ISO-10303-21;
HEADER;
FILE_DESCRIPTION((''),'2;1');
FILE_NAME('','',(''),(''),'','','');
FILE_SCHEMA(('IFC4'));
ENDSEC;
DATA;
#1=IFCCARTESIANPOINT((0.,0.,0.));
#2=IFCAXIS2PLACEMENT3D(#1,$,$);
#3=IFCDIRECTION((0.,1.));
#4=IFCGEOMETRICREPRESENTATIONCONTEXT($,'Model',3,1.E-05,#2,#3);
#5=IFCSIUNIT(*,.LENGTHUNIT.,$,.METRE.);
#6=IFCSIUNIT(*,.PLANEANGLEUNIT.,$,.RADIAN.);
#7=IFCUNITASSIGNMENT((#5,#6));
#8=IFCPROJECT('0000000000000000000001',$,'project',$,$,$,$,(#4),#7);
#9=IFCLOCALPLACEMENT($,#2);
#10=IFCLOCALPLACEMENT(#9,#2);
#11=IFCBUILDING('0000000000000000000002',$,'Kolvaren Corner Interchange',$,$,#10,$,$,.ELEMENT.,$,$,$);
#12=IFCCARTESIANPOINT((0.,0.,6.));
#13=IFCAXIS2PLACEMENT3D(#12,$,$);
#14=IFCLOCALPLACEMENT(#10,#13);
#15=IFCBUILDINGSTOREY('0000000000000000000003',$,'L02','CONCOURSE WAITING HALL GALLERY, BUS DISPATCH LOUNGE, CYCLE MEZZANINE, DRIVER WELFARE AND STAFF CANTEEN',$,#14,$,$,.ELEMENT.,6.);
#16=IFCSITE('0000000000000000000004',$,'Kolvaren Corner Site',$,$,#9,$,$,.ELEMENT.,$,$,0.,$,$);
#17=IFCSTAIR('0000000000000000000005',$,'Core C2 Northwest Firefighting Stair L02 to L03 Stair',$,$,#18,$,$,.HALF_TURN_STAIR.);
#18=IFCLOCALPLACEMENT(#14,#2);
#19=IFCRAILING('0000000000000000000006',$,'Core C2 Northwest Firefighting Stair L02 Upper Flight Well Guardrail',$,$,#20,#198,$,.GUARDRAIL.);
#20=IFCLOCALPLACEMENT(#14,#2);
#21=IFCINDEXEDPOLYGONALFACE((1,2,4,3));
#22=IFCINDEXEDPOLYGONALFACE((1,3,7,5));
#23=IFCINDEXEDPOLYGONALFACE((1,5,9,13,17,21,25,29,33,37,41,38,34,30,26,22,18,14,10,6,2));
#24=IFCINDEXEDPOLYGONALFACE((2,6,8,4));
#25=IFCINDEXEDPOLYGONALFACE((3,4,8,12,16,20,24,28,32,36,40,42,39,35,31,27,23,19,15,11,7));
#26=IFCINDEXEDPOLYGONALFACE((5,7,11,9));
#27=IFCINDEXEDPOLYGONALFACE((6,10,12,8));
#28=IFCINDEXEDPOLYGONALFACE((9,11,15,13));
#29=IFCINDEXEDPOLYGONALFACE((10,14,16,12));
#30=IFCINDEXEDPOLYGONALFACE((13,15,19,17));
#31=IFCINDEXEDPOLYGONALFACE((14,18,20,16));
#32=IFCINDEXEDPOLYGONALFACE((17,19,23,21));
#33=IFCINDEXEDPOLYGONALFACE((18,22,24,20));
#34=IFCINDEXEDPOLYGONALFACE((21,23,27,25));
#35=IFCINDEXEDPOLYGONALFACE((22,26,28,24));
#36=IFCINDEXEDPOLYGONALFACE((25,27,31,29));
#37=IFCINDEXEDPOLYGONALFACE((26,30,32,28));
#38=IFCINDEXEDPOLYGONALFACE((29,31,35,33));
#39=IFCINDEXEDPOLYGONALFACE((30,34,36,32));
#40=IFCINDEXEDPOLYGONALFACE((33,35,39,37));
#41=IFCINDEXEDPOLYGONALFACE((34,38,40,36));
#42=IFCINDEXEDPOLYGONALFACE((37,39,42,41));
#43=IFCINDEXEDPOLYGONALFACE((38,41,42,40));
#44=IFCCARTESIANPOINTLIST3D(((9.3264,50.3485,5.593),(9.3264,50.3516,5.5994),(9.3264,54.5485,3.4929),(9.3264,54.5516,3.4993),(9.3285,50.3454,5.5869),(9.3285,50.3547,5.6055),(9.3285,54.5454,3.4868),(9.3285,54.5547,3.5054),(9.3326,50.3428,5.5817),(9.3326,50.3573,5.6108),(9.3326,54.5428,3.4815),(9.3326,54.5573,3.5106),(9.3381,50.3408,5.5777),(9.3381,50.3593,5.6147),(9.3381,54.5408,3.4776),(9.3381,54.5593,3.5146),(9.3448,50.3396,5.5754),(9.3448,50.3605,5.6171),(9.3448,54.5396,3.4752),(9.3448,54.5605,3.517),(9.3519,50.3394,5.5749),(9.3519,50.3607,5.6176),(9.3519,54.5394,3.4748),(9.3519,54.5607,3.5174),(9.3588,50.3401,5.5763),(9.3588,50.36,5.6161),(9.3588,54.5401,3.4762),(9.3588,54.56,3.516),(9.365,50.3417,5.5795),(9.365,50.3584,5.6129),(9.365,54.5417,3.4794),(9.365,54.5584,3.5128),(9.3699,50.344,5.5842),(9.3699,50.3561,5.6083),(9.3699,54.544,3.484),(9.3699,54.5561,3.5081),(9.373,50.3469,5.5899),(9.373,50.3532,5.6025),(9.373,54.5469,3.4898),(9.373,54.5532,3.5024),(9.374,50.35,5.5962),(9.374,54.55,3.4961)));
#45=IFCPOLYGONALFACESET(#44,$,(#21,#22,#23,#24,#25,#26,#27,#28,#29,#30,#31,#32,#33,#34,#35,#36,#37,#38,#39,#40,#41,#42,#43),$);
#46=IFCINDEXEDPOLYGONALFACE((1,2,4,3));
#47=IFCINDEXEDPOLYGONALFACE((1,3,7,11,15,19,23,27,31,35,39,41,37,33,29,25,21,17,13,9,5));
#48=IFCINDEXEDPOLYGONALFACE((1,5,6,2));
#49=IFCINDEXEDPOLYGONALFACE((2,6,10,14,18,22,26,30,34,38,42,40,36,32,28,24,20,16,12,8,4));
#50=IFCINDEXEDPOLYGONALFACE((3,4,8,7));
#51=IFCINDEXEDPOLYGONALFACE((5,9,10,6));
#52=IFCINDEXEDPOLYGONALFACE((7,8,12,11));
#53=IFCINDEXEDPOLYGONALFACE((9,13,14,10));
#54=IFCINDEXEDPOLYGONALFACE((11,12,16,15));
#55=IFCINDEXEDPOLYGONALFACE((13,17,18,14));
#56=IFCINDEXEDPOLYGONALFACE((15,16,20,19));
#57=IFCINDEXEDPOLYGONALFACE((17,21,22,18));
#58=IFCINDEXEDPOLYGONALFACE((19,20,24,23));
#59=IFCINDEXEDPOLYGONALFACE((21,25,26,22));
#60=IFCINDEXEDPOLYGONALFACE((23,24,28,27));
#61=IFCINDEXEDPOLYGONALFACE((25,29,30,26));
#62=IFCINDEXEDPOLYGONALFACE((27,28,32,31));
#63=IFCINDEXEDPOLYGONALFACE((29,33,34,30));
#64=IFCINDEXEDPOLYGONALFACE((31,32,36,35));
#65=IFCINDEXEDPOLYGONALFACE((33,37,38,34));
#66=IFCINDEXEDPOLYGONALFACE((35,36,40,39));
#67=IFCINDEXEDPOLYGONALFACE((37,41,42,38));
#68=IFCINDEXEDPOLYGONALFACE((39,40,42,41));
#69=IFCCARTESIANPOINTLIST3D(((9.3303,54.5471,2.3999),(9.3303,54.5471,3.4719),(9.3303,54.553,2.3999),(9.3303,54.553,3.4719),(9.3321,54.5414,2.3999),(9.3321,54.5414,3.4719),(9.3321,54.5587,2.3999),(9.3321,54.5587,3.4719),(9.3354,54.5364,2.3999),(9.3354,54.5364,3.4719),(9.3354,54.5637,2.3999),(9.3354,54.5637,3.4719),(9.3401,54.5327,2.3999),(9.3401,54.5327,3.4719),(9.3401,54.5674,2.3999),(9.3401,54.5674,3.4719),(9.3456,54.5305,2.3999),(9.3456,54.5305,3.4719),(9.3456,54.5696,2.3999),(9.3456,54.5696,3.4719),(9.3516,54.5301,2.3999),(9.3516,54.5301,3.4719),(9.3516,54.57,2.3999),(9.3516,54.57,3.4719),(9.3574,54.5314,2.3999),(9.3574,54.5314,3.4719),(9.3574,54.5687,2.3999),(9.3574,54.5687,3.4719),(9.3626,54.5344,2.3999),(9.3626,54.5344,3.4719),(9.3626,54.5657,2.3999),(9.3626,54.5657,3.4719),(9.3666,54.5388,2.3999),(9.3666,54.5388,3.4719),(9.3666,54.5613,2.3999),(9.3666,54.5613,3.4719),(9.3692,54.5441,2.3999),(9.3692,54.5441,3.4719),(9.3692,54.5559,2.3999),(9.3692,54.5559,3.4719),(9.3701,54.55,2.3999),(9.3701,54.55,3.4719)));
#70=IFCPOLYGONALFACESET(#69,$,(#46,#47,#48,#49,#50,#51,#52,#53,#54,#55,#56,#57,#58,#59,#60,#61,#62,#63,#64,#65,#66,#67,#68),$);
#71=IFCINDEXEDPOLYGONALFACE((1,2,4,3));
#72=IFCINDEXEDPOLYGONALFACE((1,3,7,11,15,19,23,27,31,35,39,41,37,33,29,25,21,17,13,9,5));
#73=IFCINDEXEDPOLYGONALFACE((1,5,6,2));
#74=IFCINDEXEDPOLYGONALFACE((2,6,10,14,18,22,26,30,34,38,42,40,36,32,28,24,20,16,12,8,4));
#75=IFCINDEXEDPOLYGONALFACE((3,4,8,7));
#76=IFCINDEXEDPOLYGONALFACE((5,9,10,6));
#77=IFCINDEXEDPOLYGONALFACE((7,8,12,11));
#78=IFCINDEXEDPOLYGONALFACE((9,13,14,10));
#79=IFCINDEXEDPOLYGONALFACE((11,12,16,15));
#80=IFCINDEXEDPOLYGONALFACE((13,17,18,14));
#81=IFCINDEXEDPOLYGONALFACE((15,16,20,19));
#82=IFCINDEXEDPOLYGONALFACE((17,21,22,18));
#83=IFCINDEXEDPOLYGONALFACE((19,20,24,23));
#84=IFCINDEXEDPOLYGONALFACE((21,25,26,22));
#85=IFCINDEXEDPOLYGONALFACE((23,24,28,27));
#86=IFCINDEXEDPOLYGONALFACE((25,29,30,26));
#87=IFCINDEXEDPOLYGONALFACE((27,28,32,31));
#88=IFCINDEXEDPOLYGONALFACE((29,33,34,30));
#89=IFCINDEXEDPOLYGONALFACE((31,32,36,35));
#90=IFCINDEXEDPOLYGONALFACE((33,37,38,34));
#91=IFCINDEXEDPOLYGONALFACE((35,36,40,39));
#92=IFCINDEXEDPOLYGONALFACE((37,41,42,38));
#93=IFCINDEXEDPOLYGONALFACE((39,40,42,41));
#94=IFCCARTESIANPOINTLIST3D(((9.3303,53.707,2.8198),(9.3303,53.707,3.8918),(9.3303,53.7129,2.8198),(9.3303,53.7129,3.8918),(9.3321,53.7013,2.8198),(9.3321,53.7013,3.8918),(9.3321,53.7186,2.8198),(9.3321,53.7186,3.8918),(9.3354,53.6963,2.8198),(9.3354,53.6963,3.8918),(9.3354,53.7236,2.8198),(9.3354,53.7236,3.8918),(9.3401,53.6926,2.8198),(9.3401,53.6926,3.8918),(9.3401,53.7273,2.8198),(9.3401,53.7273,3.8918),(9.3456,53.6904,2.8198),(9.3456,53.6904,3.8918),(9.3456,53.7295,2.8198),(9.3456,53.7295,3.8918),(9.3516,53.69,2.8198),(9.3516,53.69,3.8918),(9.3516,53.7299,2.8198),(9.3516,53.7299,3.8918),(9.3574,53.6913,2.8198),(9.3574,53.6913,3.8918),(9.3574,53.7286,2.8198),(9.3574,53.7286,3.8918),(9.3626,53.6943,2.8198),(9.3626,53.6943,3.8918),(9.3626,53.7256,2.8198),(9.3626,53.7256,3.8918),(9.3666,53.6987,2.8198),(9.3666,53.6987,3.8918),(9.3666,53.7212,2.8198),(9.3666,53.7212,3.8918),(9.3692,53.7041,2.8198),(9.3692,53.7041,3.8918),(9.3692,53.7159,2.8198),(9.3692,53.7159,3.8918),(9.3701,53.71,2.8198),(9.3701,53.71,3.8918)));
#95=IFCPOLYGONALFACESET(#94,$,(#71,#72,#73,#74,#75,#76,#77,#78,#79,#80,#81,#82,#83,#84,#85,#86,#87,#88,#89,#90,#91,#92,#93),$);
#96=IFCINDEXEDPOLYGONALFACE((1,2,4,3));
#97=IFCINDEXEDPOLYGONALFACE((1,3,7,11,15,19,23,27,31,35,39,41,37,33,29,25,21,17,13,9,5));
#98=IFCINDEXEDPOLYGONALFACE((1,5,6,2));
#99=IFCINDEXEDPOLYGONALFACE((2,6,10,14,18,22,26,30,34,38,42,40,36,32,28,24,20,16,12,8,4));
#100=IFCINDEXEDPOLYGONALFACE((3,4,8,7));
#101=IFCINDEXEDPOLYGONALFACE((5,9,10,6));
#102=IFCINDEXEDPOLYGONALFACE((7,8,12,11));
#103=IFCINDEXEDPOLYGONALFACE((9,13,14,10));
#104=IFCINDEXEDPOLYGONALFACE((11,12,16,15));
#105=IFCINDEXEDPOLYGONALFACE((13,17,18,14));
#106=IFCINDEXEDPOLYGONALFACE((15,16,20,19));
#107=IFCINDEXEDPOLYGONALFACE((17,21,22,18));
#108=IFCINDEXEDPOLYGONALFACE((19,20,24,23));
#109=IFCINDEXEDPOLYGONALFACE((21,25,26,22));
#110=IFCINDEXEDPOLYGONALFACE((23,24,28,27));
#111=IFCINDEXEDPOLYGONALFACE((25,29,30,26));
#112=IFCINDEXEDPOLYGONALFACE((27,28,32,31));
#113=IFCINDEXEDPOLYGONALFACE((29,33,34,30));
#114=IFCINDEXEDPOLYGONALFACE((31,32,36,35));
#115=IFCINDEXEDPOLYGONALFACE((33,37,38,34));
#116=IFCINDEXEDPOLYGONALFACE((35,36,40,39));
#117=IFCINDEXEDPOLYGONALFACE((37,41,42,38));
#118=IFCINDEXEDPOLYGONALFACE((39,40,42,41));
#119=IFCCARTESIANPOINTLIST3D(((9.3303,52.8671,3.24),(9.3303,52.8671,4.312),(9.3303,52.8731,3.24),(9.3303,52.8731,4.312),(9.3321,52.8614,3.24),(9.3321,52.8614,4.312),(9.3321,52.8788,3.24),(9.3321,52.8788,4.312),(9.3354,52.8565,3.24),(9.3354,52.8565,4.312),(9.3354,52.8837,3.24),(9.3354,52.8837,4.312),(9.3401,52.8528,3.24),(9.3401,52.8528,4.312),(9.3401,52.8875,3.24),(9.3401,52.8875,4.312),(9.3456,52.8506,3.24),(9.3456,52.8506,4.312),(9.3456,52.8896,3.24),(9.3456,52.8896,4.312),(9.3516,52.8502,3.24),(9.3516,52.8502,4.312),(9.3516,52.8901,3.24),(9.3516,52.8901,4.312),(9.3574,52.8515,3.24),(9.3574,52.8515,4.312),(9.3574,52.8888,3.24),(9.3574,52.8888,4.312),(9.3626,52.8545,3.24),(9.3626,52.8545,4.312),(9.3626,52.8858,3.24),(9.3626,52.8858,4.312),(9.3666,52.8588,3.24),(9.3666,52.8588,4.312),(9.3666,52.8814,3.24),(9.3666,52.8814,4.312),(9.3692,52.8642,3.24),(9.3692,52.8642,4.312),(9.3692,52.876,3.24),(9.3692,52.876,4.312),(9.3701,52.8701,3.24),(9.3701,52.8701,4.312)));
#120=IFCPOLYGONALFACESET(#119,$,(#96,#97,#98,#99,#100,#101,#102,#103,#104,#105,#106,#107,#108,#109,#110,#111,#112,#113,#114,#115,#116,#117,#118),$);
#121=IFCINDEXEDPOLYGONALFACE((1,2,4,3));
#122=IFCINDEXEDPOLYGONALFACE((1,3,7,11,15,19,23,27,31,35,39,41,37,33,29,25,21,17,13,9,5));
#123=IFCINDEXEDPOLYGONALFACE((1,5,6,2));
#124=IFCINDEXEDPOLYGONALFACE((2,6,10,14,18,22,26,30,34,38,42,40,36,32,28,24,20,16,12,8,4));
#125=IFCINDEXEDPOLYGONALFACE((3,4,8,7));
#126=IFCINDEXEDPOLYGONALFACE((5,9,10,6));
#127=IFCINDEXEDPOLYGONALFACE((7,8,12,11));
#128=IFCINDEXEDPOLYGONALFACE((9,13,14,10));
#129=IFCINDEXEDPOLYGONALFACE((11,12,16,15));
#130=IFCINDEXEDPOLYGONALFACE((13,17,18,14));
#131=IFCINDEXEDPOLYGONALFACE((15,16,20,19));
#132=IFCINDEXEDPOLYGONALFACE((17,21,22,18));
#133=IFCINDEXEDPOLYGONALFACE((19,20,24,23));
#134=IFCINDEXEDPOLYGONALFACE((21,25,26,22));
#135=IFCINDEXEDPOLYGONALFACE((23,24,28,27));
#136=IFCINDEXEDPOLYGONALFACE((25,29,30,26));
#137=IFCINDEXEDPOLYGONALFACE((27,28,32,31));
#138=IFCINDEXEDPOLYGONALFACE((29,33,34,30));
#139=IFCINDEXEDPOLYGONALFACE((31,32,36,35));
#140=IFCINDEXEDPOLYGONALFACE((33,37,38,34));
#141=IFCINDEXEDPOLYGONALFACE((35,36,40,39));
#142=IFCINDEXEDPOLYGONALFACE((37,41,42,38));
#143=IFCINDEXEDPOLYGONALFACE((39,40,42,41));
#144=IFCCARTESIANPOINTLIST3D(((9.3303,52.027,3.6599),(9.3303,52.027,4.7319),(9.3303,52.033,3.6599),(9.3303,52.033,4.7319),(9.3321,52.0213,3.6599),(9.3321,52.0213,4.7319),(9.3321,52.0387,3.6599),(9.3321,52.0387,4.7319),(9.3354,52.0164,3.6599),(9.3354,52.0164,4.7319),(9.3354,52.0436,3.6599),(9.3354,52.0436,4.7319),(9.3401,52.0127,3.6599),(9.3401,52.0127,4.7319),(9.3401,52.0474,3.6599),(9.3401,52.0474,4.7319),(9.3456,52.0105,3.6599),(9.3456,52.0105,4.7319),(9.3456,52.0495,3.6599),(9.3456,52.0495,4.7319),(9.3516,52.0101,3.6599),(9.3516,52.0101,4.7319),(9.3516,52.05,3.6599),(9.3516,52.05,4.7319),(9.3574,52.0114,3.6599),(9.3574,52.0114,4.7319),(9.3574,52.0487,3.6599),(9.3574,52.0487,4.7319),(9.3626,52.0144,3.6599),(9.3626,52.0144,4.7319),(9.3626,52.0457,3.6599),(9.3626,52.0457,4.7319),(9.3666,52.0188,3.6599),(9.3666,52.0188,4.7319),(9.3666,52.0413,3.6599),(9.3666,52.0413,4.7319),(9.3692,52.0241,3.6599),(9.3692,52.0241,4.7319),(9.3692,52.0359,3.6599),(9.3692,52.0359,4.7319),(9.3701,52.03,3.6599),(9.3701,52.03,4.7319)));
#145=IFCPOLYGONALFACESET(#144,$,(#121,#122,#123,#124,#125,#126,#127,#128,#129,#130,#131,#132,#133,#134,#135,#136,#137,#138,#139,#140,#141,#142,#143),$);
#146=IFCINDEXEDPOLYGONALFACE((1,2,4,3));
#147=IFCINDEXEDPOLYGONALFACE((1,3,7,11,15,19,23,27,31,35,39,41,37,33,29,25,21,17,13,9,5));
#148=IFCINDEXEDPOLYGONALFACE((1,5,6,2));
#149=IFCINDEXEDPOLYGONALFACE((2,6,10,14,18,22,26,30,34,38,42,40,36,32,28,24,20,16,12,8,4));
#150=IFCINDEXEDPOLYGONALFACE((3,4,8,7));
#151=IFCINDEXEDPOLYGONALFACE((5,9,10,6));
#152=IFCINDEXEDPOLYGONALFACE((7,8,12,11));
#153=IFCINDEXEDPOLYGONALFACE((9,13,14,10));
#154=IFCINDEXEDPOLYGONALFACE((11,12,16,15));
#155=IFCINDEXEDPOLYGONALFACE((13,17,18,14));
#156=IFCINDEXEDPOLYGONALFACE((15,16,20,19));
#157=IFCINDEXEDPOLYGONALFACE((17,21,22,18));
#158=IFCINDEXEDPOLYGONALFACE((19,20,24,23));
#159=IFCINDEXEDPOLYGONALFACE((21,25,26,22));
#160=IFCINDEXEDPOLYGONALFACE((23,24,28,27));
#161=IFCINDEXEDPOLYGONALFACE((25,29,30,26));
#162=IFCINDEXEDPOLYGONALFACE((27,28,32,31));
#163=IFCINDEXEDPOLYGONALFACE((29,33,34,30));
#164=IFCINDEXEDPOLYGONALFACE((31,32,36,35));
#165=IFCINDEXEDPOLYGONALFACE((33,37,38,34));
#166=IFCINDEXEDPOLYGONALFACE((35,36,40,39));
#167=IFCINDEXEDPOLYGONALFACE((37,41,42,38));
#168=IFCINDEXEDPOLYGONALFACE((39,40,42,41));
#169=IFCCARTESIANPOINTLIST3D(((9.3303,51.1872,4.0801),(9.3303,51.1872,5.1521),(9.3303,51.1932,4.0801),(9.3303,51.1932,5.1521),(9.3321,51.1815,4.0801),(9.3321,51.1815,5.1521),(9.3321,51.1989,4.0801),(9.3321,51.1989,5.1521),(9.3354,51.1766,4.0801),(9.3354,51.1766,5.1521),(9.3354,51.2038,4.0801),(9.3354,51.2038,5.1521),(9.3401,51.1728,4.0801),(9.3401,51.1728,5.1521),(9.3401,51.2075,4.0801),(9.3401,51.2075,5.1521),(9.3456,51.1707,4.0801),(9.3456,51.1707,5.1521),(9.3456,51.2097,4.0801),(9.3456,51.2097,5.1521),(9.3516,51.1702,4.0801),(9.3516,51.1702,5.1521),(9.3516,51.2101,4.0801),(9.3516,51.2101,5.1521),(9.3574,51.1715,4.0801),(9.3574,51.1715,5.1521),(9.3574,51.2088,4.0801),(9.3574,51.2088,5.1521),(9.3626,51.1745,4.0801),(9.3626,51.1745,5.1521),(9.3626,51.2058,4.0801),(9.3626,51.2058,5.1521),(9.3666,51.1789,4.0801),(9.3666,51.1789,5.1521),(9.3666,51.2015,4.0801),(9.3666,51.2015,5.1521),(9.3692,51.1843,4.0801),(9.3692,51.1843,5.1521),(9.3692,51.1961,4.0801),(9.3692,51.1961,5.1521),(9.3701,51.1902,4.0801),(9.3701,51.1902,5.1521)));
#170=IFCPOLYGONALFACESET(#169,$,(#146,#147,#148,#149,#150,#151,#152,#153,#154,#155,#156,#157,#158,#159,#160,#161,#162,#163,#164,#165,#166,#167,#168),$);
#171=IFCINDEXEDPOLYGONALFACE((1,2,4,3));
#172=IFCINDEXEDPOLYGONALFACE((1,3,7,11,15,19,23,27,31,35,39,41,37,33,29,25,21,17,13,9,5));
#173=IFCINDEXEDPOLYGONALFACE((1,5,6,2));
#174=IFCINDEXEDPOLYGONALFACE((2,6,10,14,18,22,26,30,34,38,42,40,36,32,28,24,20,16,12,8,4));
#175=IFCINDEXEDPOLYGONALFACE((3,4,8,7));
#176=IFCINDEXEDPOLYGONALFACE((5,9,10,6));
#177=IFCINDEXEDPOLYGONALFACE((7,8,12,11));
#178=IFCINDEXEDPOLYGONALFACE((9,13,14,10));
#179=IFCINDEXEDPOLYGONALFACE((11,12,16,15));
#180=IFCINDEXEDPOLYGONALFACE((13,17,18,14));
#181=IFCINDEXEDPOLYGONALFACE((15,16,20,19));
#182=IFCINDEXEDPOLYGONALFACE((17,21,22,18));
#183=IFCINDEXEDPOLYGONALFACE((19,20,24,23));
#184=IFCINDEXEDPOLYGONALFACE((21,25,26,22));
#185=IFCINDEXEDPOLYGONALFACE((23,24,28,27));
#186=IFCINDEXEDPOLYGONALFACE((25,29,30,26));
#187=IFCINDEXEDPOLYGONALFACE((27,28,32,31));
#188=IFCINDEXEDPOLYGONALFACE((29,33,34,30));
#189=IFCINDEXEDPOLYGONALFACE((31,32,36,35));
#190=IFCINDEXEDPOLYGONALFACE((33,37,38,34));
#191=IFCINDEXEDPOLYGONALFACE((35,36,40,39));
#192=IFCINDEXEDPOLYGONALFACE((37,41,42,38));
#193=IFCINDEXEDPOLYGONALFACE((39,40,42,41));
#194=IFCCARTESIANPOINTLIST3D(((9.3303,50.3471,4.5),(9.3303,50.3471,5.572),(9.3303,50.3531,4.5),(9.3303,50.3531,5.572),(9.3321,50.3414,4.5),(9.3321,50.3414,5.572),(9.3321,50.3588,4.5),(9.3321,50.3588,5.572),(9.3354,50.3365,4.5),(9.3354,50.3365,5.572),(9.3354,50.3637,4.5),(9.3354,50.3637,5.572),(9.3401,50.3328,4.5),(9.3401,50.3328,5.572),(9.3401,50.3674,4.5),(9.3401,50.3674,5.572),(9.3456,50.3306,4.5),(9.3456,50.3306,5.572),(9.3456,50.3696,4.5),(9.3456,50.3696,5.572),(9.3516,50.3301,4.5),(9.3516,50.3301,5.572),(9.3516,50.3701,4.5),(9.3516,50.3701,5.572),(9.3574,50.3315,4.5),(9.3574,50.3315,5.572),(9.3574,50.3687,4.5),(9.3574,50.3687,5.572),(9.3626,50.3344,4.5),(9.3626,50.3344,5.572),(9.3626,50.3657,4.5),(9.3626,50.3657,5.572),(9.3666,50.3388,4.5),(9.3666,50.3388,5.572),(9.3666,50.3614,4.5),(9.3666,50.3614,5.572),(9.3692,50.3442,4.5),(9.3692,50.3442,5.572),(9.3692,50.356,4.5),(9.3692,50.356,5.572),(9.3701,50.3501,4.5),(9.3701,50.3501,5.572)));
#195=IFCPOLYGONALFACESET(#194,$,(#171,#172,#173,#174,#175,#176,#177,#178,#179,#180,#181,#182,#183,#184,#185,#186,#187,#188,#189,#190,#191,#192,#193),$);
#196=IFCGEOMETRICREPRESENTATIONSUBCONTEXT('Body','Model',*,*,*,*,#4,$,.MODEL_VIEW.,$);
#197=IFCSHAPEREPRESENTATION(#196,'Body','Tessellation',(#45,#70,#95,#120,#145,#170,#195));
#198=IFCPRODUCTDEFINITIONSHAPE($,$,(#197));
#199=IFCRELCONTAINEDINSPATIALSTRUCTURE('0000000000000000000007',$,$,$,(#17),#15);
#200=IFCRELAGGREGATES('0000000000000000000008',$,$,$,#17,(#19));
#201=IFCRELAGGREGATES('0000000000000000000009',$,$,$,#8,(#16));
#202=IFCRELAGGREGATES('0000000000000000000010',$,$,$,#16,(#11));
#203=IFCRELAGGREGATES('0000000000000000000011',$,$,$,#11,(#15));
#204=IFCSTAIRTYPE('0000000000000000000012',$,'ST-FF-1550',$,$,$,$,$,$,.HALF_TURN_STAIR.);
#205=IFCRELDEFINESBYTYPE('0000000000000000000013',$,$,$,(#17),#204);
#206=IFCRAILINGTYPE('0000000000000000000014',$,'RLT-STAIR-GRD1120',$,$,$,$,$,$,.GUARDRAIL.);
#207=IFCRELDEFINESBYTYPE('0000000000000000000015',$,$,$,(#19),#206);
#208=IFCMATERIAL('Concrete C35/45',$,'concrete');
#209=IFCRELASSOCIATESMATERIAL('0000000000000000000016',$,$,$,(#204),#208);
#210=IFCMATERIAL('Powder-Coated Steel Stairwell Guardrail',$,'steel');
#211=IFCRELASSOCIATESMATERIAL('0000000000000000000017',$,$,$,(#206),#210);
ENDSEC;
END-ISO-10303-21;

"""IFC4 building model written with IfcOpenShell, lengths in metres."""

from ifc_helpers import new_model, si_unit, direction, frame, origin, origin_2d, place, context, subcontext, project, spatial, circle, extrude, material, type_object, element, aggregate, save


model = new_model("IFC4")

# Units and contexts
model_context = context("Model", 3, precision=1e-05, world=origin(), true_north=direction((0.0, 1.0)))
body_context = subcontext(model_context, "Body", "Model", "MODEL_VIEW")
ifc_project = project(units=[si_unit("LENGTHUNIT", "METRE"), si_unit("PLANEANGLEUNIT", "RADIAN")], contexts=[model_context])

# Site, building, storey
site_placement = place(None, origin())
site = spatial("IfcSite", under=ifc_project, at=site_placement, Name="Kolvaren Corner Site", CompositionType="ELEMENT", RefElevation=0.0)
building_placement = place(site_placement, origin())
building = spatial("IfcBuilding", under=site, at=building_placement, Name="Kolvaren Corner Interchange", CompositionType="ELEMENT")
storey_placement = place(building_placement, frame((0.0, 0.0, 6.0)))
storey = spatial("IfcBuildingStorey", under=building, at=storey_placement, Name="L02", Description="CONCOURSE WAITING HALL GALLERY, BUS DISPATCH LOUNGE, CYCLE MEZZANINE, DRIVER WELFARE AND STAFF CANTEEN", CompositionType="ELEMENT", Elevation=6.0)

# Stair
ifc_material_1 = material(Name="Concrete C35/45", Category="concrete")
stair_type = type_object("IfcStairType", Name="ST-FF-1550", PredefinedType="HALF_TURN_STAIR", material=ifc_material_1)
stair_placement = place(storey_placement, origin())
stair = element("IfcStair", 1, at=stair_placement, inside=storey, type_object=stair_type, Name="Core C2 Northwest Firefighting Stair L02 to L03 Stair", PredefinedType="HALF_TURN_STAIR")

# Railing
ifc_material_2 = material(Name="Powder-Coated Steel Stairwell Guardrail", Category="steel")
railing_type_1 = type_object("IfcRailingType", Name="RLT-STAIR-GRD1120", PredefinedType="GUARDRAIL", material=ifc_material_2)
railing_1_placement = place(storey_placement, frame((9.3501, 54.55, 2.3999)))
railing_1 = element("IfcRailing", 2, at=railing_1_placement, type_object=railing_type_1, Name="Core C2 Northwest Firefighting Stair L02 Upper Flight Well Guardrail", PredefinedType="GUARDRAIL", context=body_context, shape_type="SweptSolid", body=[
    extrude(circle(Radius=0.0239, at=origin_2d()), frame((0.0, 0.0, 1.0962), z_axis=(0.0, -0.894417, 0.447234), x_axis=(1.0, 0.0, 0.0)), (0.0, 0.0, 1.0), 4.6958),
    extrude(circle(Radius=0.02, at=origin_2d()), origin(), (0.0, 0.0, 1.0), 1.072),
    extrude(circle(Radius=0.02, at=origin_2d()), frame((0.0, -0.8401, 0.4199)), (0.0, 0.0, 1.0), 1.072),
    extrude(circle(Radius=0.02, at=origin_2d()), frame((0.0, -1.6799, 0.8401)), (0.0, 0.0, 1.0), 1.072),
    extrude(circle(Radius=0.02, at=origin_2d()), frame((0.0, -2.52, 1.26)), (0.0, 0.0, 1.0), 1.072),
    extrude(circle(Radius=0.02, at=origin_2d()), frame((0.0, -3.3599, 1.6802)), (0.0, 0.0, 1.0), 1.072),
    extrude(circle(Radius=0.02, at=origin_2d()), frame((0.0, -4.2, 2.1001)), (0.0, 0.0, 1.0), 1.072),
])
aggregate(stair, [railing_1])

save(model, "model.ifc")
